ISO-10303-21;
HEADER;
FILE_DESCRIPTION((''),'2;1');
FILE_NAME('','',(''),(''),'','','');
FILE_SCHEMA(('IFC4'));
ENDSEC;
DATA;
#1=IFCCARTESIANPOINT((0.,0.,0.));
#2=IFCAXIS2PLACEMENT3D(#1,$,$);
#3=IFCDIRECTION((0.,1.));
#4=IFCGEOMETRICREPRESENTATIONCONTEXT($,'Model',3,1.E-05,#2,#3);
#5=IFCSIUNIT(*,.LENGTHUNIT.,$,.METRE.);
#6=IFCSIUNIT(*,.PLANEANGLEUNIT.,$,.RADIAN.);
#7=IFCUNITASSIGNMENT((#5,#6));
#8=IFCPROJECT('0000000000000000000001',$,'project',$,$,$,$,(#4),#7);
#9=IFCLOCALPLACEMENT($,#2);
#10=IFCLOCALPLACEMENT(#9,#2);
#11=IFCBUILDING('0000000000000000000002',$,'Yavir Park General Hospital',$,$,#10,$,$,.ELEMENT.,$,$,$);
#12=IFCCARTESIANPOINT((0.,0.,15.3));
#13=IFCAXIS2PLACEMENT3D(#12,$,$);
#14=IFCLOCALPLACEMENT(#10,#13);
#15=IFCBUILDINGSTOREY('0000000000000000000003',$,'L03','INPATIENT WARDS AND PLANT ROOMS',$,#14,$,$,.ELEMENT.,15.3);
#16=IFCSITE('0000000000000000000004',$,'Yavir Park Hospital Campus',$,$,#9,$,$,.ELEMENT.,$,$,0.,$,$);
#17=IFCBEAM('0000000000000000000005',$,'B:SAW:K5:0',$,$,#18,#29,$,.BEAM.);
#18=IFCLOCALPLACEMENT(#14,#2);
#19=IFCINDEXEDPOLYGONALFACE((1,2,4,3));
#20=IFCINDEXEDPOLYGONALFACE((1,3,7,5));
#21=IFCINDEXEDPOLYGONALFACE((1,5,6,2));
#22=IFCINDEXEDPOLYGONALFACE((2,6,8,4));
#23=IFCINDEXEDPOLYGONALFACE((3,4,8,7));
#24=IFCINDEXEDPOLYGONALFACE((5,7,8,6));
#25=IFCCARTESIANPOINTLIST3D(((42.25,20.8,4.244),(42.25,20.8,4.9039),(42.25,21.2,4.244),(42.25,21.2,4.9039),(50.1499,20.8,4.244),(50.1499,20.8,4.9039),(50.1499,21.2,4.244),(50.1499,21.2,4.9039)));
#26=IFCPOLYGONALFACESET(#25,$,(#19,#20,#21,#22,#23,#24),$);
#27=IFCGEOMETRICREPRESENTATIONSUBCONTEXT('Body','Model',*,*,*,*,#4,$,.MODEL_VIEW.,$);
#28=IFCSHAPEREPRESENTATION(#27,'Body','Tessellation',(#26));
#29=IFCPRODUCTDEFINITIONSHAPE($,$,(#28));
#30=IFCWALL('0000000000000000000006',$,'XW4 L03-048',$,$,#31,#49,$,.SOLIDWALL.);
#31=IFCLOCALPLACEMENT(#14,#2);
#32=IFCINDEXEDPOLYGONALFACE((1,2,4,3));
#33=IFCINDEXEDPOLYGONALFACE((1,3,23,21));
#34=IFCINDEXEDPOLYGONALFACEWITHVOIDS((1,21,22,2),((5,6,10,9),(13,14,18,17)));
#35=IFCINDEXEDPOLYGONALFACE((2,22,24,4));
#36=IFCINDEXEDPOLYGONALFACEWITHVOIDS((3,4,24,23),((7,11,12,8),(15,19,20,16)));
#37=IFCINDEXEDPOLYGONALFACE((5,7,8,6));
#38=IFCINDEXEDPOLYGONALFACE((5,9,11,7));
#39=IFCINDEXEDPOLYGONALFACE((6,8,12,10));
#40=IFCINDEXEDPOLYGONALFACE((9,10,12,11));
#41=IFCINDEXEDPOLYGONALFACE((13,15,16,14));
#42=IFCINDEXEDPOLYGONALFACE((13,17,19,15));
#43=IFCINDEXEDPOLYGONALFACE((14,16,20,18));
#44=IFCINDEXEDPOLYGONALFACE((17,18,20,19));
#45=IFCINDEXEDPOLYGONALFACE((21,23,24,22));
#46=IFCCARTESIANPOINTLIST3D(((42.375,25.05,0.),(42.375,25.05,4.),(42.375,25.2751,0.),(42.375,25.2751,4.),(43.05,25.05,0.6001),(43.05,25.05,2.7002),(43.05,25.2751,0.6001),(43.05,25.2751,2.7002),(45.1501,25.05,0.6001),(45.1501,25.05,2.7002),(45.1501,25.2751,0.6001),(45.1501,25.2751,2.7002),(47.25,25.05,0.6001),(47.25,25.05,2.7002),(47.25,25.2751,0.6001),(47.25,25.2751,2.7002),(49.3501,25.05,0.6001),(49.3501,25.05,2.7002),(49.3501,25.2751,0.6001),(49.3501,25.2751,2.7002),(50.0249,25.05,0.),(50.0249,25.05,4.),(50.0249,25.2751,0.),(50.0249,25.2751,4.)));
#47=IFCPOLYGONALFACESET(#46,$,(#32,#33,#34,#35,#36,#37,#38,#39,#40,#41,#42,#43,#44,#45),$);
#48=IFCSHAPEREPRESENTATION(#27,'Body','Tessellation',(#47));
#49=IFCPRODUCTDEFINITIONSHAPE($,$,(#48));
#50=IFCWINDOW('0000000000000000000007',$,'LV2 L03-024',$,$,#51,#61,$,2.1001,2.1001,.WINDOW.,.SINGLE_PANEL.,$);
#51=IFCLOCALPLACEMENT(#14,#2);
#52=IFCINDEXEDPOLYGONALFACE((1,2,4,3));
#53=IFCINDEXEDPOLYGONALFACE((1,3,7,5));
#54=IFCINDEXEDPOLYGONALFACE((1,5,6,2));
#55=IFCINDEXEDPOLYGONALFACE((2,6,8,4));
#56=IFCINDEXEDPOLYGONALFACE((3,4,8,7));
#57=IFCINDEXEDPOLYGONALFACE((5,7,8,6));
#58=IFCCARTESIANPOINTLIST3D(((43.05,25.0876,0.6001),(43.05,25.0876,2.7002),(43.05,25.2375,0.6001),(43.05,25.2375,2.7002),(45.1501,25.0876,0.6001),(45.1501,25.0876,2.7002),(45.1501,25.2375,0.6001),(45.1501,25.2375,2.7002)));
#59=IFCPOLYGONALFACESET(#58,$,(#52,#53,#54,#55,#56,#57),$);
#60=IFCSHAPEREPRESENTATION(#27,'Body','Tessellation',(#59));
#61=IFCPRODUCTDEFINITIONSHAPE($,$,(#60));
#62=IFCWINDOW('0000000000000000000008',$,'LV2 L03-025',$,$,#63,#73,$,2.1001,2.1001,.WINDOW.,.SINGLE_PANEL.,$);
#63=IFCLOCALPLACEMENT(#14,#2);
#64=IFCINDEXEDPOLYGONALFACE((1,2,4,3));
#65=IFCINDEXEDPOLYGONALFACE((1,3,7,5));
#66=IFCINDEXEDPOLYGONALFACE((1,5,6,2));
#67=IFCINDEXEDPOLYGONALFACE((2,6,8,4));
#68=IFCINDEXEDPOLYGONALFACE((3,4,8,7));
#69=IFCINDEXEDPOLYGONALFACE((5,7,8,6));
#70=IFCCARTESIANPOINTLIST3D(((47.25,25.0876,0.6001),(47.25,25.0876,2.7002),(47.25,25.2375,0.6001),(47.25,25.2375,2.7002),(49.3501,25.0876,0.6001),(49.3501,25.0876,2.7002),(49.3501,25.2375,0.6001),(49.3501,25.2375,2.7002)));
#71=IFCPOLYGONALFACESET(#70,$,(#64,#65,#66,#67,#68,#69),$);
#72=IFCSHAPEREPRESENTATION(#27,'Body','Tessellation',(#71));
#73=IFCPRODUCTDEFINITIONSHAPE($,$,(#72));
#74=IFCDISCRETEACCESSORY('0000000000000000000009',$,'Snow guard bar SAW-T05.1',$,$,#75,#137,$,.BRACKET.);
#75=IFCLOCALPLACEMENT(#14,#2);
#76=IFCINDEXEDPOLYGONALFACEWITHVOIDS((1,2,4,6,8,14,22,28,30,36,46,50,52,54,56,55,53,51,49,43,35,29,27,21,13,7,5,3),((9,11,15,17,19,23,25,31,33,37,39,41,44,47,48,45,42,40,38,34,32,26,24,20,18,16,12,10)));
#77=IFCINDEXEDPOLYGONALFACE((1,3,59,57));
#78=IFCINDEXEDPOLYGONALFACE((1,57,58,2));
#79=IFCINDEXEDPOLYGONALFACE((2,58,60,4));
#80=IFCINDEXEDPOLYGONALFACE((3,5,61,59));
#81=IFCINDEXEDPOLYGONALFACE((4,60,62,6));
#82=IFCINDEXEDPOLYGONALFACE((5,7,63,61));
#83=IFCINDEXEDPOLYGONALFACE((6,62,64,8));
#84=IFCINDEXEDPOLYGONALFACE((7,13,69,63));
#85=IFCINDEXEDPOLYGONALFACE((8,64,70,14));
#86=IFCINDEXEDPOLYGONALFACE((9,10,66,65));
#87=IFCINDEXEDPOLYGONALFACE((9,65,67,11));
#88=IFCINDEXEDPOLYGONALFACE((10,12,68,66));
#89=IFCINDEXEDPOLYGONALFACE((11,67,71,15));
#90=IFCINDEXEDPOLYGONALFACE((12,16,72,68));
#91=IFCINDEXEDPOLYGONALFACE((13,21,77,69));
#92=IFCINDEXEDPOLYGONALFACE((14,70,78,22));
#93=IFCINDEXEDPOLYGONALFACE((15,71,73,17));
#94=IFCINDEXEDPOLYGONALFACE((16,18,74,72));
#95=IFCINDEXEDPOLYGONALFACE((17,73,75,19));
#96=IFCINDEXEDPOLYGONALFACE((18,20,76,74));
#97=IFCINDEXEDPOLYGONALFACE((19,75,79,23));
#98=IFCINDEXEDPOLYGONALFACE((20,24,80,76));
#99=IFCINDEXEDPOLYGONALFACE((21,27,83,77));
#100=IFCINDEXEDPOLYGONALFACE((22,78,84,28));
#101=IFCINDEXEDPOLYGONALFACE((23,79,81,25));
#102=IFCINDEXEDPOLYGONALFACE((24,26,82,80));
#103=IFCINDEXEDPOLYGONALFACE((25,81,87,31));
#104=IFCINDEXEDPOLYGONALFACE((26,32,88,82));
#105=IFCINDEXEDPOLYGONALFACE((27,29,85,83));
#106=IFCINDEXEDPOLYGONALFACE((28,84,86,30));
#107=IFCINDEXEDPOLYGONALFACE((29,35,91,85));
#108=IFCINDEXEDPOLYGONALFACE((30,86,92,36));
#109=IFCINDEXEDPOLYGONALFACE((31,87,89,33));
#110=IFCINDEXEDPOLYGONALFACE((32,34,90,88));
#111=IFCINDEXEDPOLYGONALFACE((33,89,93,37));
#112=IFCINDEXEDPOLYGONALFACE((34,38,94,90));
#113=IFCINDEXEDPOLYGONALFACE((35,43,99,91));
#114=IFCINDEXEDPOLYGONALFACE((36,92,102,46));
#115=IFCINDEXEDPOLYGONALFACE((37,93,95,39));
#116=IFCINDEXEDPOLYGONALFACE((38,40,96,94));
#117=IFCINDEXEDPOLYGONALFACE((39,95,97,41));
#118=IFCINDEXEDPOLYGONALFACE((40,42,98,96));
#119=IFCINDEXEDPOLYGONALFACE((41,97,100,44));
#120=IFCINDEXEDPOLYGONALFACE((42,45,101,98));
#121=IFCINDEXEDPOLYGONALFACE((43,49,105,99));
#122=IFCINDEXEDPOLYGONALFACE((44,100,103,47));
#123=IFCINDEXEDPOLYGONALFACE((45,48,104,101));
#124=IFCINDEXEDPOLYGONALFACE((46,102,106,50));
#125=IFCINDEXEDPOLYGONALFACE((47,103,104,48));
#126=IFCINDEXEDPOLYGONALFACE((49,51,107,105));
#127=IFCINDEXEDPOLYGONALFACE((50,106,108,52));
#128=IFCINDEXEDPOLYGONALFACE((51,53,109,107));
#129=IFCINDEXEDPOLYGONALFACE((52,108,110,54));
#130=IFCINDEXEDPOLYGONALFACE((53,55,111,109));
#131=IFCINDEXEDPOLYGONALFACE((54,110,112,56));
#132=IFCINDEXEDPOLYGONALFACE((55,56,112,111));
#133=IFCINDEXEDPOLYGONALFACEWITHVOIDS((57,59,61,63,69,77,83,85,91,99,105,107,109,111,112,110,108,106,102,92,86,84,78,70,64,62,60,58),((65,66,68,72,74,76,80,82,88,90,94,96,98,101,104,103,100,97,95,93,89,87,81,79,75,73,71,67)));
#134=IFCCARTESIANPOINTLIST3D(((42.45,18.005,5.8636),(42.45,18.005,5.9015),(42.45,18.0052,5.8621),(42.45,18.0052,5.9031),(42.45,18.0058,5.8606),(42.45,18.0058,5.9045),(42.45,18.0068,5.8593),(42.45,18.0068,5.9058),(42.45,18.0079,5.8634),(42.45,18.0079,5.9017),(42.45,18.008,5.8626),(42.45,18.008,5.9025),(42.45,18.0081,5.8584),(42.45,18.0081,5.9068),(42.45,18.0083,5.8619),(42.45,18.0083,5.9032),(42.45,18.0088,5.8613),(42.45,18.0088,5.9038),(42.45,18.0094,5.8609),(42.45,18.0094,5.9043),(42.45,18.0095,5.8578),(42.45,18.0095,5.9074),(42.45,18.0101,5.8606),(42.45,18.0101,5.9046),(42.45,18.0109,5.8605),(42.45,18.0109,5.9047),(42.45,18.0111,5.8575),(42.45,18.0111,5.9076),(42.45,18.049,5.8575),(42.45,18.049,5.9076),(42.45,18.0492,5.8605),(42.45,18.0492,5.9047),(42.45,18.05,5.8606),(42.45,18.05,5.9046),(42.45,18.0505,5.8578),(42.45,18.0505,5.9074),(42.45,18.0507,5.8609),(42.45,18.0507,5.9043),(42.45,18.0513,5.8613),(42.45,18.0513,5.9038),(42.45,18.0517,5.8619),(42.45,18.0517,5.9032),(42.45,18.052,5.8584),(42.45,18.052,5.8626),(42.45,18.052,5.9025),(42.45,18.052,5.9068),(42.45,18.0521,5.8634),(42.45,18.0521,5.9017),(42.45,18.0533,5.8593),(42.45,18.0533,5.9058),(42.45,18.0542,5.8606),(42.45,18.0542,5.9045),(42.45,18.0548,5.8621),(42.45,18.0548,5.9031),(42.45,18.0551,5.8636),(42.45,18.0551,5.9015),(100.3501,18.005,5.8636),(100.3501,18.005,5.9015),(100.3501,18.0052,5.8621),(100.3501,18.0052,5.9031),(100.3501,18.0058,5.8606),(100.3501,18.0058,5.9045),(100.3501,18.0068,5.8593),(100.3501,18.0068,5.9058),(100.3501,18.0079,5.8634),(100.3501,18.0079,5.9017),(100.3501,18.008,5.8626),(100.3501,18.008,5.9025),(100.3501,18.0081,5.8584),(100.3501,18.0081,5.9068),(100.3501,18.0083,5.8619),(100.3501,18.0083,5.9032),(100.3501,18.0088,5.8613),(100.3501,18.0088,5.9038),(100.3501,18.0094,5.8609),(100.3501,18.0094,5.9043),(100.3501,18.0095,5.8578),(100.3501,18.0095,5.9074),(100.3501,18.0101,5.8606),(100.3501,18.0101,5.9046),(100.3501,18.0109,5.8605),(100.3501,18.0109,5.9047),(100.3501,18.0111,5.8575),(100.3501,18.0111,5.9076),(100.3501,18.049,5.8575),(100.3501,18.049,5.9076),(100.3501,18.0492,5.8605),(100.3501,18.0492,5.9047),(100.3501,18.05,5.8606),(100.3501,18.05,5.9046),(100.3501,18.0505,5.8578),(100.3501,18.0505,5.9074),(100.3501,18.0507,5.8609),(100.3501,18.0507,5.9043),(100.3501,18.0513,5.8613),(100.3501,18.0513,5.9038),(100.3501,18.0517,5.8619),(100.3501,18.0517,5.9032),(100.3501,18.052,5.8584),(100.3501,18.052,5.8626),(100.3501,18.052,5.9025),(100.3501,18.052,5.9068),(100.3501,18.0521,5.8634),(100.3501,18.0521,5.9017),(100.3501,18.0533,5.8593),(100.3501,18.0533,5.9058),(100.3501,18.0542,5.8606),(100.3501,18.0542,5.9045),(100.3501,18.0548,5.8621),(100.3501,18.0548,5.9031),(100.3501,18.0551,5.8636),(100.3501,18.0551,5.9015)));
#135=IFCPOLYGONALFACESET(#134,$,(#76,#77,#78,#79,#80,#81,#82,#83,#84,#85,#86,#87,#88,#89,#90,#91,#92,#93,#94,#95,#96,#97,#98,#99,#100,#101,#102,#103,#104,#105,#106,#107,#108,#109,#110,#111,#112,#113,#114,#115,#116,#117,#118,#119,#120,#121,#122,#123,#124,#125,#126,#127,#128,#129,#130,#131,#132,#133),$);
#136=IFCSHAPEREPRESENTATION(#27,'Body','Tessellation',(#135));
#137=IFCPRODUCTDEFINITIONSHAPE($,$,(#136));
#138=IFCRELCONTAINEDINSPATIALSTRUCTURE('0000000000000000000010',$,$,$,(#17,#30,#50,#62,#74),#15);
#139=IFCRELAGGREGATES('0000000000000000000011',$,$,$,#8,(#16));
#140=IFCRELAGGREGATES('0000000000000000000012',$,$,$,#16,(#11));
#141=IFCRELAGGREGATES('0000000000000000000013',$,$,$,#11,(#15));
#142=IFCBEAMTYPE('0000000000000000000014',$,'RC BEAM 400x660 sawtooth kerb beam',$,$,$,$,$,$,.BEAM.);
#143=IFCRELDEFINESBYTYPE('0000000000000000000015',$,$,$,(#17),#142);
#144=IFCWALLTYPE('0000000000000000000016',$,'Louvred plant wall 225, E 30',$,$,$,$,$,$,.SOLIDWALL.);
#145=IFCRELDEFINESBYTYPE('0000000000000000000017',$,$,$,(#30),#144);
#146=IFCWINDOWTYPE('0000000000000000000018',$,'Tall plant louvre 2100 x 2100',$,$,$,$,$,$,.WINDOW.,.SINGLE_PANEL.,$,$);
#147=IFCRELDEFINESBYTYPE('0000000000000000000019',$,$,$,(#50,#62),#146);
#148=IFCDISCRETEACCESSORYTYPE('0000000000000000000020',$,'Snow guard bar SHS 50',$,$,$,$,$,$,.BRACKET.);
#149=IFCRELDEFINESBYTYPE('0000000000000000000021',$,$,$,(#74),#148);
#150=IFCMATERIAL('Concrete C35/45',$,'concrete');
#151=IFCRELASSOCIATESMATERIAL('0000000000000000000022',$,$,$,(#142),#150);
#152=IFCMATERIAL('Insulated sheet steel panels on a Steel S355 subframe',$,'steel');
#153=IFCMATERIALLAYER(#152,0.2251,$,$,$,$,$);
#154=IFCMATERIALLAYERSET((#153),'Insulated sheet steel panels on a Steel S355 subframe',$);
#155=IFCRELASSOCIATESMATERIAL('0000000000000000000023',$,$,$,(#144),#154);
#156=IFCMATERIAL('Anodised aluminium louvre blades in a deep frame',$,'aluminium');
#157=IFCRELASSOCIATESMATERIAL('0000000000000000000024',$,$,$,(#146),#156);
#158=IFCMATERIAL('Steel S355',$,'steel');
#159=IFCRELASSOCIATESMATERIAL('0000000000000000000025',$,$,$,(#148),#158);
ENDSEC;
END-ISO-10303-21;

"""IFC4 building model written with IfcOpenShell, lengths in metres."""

from ifc_helpers import new_model, si_unit, direction, frame, frame_2d, origin, origin_2d, place, context, subcontext, project, spatial, rectangle, hollow_rectangle, extrude, material, layer, layer_set, material_profile, profile_set, type_object, element, fill, save


model = new_model("IFC4")

# Units and contexts
model_context = context("Model", 3, precision=1e-05, world=origin(), true_north=direction((0.0, 1.0)))
body_context = subcontext(model_context, "Body", "Model", "MODEL_VIEW")
ifc_project = project(units=[si_unit("LENGTHUNIT", "METRE"), si_unit("PLANEANGLEUNIT", "RADIAN")], contexts=[model_context])

# Site, building, storey
site_placement = place(None, origin())
site = spatial("IfcSite", under=ifc_project, at=site_placement, Name="Yavir Park Hospital Campus", CompositionType="ELEMENT", RefElevation=0.0)
building_placement = place(site_placement, origin())
building = spatial("IfcBuilding", under=site, at=building_placement, Name="Yavir Park General Hospital", CompositionType="ELEMENT")
storey_placement = place(building_placement, frame((0.0, 0.0, 15.3)))
storey = spatial("IfcBuildingStorey", under=building, at=storey_placement, Name="L03", Description="INPATIENT WARDS AND PLANT ROOMS", CompositionType="ELEMENT", Elevation=15.3)

# Beam
ifc_material_1 = material(Name="Concrete C35/45", Category="concrete")
ifc_material_profile_1 = material_profile(ifc_material_1, rectangle(XDim=0.3999, YDim=0.6599, at=origin_2d()), Name="RC400x660")
ifc_profile_set_1 = profile_set([ifc_material_profile_1], Name="Concrete C35/45")
beam_type = type_object("IfcBeamType", Name="RC BEAM 400x660 sawtooth kerb beam", PredefinedType="BEAM", material=ifc_profile_set_1)
beam_placement = place(storey_placement, frame((42.25, 21.0, 4.574), z_axis=(1.0, 0.0, 0.0), x_axis=(0.0, 1.0, 0.0)))
element("IfcBeam", 1, at=beam_placement, inside=storey, type_object=beam_type, Name="B:SAW:K5:0", PredefinedType="BEAM", context=body_context, shape_type="SweptSolid", body=[
    extrude(rectangle(XDim=0.3999, YDim=0.6599, at=origin_2d()), origin(), (0.0, 0.0, 1.0), 7.8999),
])

# Wall, openings, windows
ifc_material_2 = material(Name="Insulated sheet steel panels on a Steel S355 subframe", Category="steel")
ifc_layer_1 = layer(ifc_material_2, 0.2251)
ifc_layer_set_1 = layer_set([ifc_layer_1], Name="Insulated sheet steel panels on a Steel S355 subframe")
wall_type_1 = type_object("IfcWallType", Name="Louvred plant wall 225, E 30", PredefinedType="SOLIDWALL", material=ifc_layer_set_1)
wall_1_placement = place(storey_placement, frame((42.375, 25.1626, 0.0), z_axis=(0.0, 0.0, 1.0), x_axis=(1.0, 0.0, 0.0)))
wall_1 = element("IfcWall", 2, at=wall_1_placement, inside=storey, type_object=wall_type_1, Name="XW4 L03-048", PredefinedType="SOLIDWALL", context=body_context, shape_type="SweptSolid", body=[
    extrude(rectangle(XDim=7.6499, YDim=0.2251, at=frame_2d((3.825, 0.0))), origin(), (0.0, 0.0, 1.0), 4.0),
])
opening_1_placement = place(wall_1_placement, frame((0.675, 0.0, 0.6001)))
opening_1 = element("IfcOpeningElement", 3, at=opening_1_placement, cuts=wall_1, PredefinedType="OPENING", context=body_context, shape_type="SweptSolid", body=[
    extrude(rectangle(XDim=2.1001, YDim=2.1001, at=frame_2d((1.05, 1.05))), frame((0.0, 0.1226, 0.0), z_axis=(0.0, -1.0, 0.0), x_axis=(1.0, 0.0, 0.0)), (0.0, 0.0, 1.0), 0.2451),
])
opening_2_placement = place(wall_1_placement, frame((4.875, 0.0, 0.6001)))
opening_2 = element("IfcOpeningElement", 4, at=opening_2_placement, cuts=wall_1, PredefinedType="OPENING", context=body_context, shape_type="SweptSolid", body=[
    extrude(rectangle(XDim=2.1001, YDim=2.1001, at=frame_2d((1.05, 1.05))), frame((0.0, 0.1226, 0.0), z_axis=(0.0, -1.0, 0.0), x_axis=(1.0, 0.0, 0.0)), (0.0, 0.0, 1.0), 0.2451),
])
ifc_material_3 = material(Name="Anodised aluminium louvre blades in a deep frame", Category="aluminium")
window_type_1 = type_object("IfcWindowType", Name="Tall plant louvre 2100 x 2100", PartitioningType="SINGLE_PANEL", PredefinedType="WINDOW", material=ifc_material_3)
window_1_placement = place(opening_1_placement, origin())
window_1 = element("IfcWindow", 5, at=window_1_placement, inside=storey, type_object=window_type_1, Name="LV2 L03-024", OverallHeight=2.1001, OverallWidth=2.1001, PartitioningType="SINGLE_PANEL", PredefinedType="WINDOW", context=body_context, shape_type="SweptSolid", body=[
    extrude(rectangle(XDim=2.1001, YDim=2.1001, at=frame_2d((1.05, 1.05))), frame((0.0, 0.075, 0.0), z_axis=(0.0, -1.0, 0.0), x_axis=(1.0, 0.0, 0.0)), (0.0, 0.0, 1.0), 0.1499),
])
fill(opening_1, window_1)
window_2_placement = place(opening_2_placement, origin())
window_2 = element("IfcWindow", 6, at=window_2_placement, inside=storey, type_object=window_type_1, Name="LV2 L03-025", OverallHeight=2.1001, OverallWidth=2.1001, PartitioningType="SINGLE_PANEL", PredefinedType="WINDOW", context=body_context, shape_type="SweptSolid", body=[
    extrude(rectangle(XDim=2.1001, YDim=2.1001, at=frame_2d((1.05, 1.05))), frame((0.0, 0.075, 0.0), z_axis=(0.0, -1.0, 0.0), x_axis=(1.0, 0.0, 0.0)), (0.0, 0.0, 1.0), 0.1499),
])
fill(opening_2, window_2)

# Discrete accessory
ifc_material_4 = material(Name="Steel S355", Category="steel")
ifc_material_profile_2 = material_profile(ifc_material_4, hollow_rectangle(XDim=0.05, YDim=0.05, WallThickness=0.0029, InnerFilletRadius=0.0029, OuterFilletRadius=0.0061, at=origin_2d()), Name="RHS50x50x3")
ifc_profile_set_2 = profile_set([ifc_material_profile_2], Name="Steel S355")
discrete_accessory_type = type_object("IfcDiscreteAccessoryType", Name="Snow guard bar SHS 50", PredefinedType="BRACKET", material=ifc_profile_set_2)
for number, where, z_axis, x_axis, name in (
    (7, (42.45, 18.03, 5.8826), (1.0, 0.0, 0.0), (0.0, 1.0, 0.0), "Snow guard bar SAW-T05.1"),
):
    element("IfcDiscreteAccessory", number, at=place(storey_placement, frame(where, z_axis=z_axis, x_axis=x_axis)), inside=storey, type_object=discrete_accessory_type, Name=name, PredefinedType="BRACKET", context=body_context, shape_type="SweptSolid", body=[
        extrude(hollow_rectangle(XDim=0.05, YDim=0.05, WallThickness=0.0029, InnerFilletRadius=0.0029, OuterFilletRadius=0.0061, at=origin_2d()), origin(), (0.0, 0.0, 1.0), 57.9001),
    ])

save(model, "model.ifc")
